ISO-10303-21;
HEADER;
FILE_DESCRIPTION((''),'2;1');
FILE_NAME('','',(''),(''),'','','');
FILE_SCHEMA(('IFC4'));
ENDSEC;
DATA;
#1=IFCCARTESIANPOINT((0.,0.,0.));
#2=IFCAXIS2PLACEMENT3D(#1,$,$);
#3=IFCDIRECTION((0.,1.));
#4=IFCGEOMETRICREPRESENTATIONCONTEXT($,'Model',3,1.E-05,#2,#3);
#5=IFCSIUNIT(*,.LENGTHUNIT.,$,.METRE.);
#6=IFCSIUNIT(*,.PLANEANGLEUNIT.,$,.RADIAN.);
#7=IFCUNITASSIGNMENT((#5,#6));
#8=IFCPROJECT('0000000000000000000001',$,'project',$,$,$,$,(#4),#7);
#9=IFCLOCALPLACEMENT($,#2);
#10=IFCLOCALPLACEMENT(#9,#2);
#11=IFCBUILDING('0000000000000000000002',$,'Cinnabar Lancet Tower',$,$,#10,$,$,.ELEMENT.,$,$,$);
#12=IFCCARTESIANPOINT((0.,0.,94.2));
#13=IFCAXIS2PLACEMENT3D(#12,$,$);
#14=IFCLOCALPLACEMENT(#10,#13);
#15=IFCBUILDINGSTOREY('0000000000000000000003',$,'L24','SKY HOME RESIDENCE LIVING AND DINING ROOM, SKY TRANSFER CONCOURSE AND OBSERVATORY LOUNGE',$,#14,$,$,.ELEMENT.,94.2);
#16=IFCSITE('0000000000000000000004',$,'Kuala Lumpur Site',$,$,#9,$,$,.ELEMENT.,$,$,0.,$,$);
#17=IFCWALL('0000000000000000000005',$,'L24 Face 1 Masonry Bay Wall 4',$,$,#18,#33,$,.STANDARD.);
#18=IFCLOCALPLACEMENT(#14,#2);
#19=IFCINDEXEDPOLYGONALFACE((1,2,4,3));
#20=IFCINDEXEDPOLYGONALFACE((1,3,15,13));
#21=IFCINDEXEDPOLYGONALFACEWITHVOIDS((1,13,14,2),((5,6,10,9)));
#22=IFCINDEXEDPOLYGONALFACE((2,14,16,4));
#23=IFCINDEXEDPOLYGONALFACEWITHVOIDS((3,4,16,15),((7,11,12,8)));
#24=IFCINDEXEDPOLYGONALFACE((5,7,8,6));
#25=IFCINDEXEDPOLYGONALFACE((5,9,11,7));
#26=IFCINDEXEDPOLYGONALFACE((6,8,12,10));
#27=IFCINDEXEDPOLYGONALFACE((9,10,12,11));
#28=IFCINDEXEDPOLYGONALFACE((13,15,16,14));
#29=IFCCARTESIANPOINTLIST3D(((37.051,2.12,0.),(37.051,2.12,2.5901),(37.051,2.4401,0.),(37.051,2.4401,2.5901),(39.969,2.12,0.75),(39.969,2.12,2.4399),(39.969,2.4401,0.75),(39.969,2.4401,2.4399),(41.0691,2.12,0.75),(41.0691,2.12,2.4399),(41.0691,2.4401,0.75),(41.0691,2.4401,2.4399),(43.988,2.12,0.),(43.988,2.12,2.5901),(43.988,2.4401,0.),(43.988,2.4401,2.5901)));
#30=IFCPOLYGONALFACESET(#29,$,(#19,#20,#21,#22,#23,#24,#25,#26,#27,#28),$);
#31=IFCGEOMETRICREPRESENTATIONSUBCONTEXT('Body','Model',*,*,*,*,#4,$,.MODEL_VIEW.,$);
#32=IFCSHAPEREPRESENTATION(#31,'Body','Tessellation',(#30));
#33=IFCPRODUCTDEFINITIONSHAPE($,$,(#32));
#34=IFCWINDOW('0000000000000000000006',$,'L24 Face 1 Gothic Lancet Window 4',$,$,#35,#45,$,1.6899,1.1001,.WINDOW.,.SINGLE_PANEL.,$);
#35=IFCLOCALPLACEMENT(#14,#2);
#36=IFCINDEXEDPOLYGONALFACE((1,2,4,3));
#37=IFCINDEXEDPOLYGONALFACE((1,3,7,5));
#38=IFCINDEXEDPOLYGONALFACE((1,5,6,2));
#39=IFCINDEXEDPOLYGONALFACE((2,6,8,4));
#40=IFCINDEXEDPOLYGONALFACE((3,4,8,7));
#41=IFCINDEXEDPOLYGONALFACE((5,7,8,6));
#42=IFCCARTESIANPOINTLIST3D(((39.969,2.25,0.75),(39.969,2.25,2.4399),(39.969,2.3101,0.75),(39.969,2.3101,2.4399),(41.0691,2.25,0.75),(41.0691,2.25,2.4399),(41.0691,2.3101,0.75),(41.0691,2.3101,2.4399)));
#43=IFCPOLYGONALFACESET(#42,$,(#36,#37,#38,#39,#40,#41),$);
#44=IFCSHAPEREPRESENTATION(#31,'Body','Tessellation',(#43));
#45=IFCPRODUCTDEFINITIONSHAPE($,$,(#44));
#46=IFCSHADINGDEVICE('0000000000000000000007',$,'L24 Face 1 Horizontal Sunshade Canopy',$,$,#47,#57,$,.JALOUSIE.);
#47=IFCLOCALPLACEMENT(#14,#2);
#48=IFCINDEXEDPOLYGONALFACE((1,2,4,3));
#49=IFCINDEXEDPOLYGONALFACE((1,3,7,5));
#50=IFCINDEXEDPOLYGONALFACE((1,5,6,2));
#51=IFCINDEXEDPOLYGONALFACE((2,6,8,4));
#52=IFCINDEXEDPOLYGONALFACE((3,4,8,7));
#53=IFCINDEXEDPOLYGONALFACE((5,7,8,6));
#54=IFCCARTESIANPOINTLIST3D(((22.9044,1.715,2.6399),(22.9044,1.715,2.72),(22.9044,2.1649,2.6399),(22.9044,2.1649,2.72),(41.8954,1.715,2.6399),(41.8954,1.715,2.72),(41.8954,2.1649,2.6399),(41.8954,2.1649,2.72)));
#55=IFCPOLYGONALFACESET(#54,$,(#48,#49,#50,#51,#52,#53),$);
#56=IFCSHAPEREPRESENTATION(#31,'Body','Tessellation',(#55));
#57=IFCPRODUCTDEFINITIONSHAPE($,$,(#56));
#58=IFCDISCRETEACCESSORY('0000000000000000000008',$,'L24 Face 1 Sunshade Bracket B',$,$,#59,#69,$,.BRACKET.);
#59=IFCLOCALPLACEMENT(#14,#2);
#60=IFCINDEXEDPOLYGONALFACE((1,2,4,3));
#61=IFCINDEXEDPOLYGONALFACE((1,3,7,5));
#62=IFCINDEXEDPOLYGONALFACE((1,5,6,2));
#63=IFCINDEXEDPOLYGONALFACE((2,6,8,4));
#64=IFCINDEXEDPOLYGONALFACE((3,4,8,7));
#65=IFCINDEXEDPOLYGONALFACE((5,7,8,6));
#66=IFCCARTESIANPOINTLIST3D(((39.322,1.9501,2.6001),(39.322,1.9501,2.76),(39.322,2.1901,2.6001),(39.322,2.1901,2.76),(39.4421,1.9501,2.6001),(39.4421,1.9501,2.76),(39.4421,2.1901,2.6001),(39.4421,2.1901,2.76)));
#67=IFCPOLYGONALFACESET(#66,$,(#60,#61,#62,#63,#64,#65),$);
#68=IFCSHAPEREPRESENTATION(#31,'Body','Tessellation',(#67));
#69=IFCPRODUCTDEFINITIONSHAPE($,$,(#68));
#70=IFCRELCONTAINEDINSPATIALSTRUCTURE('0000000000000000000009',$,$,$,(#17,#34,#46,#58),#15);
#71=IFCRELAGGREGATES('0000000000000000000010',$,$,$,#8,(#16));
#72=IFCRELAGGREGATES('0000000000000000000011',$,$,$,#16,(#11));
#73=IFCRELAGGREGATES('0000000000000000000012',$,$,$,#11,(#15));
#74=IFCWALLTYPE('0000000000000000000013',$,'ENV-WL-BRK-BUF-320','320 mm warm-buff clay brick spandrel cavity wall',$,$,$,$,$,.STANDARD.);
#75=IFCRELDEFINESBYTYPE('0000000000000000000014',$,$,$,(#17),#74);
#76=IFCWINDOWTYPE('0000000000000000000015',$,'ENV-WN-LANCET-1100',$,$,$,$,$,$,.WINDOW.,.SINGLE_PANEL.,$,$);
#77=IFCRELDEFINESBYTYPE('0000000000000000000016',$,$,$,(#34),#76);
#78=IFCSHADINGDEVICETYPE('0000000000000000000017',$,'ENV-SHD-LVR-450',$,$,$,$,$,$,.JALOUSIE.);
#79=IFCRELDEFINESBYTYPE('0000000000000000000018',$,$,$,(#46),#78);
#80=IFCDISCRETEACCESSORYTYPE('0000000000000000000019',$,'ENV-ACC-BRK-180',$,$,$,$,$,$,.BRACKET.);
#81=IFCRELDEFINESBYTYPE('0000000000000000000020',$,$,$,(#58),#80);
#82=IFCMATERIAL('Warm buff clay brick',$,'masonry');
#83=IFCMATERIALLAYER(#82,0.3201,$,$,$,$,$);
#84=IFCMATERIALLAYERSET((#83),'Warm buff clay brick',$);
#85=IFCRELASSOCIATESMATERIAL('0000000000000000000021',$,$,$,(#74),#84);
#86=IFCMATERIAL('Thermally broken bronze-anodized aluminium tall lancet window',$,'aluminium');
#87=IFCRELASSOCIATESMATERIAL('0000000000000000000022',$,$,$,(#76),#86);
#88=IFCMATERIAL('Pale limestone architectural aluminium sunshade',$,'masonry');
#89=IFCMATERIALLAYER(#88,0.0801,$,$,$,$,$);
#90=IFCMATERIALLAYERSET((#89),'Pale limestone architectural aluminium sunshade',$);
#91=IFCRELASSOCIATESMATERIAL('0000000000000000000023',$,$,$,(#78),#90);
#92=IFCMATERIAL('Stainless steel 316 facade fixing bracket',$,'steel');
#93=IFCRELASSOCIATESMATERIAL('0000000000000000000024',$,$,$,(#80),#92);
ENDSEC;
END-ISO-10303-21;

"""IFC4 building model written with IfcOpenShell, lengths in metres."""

from ifc_helpers import new_model, si_unit, direction, frame, frame_2d, origin, origin_2d, place, context, subcontext, project, spatial, rectangle, extrude, material, layer, layer_set, type_object, element, fill, save


model = new_model("IFC4")

# Units and contexts
model_context = context("Model", 3, precision=1e-05, world=origin(), true_north=direction((0.0, 1.0)))
body_context = subcontext(model_context, "Body", "Model", "MODEL_VIEW")
ifc_project = project(units=[si_unit("LENGTHUNIT", "METRE"), si_unit("PLANEANGLEUNIT", "RADIAN")], contexts=[model_context])

# Site, building, storey
site_placement = place(None, origin())
site = spatial("IfcSite", under=ifc_project, at=site_placement, Name="Kuala Lumpur Site", CompositionType="ELEMENT", RefElevation=0.0)
building_placement = place(site_placement, origin())
building = spatial("IfcBuilding", under=site, at=building_placement, Name="Cinnabar Lancet Tower", CompositionType="ELEMENT")
storey_placement = place(building_placement, frame((0.0, 0.0, 94.2)))
storey = spatial("IfcBuildingStorey", under=building, at=storey_placement, Name="L24", Description="SKY HOME RESIDENCE LIVING AND DINING ROOM, SKY TRANSFER CONCOURSE AND OBSERVATORY LOUNGE", CompositionType="ELEMENT", Elevation=94.2)

# Wall, opening, window
ifc_material_1 = material(Name="Warm buff clay brick", Category="masonry")
ifc_layer_1 = layer(ifc_material_1, 0.3201)
ifc_layer_set_1 = layer_set([ifc_layer_1], Name="Warm buff clay brick")
wall_type_1 = type_object("IfcWallType", Name="ENV-WL-BRK-BUF-320", Description="320 mm warm-buff clay brick spandrel cavity wall", PredefinedType="STANDARD", material=ifc_layer_set_1)
wall_1_placement = place(storey_placement, frame((37.051, 2.28, 0.0), z_axis=(0.0, 0.0, 1.0), x_axis=(1.0, 0.0, 0.0)))
wall_1 = element("IfcWall", 1, at=wall_1_placement, inside=storey, type_object=wall_type_1, Name="L24 Face 1 Masonry Bay Wall 4", PredefinedType="STANDARD", context=body_context, shape_type="SweptSolid", body=[
    extrude(rectangle(XDim=6.937, YDim=0.3201, at=frame_2d((3.4685, 0.0))), origin(), (0.0, 0.0, 1.0), 2.5901),
])
opening_1_placement = place(wall_1_placement, frame((2.918, 0.0, 0.75)))
opening_1 = element("IfcOpeningElement", 2, at=opening_1_placement, cuts=wall_1, PredefinedType="OPENING", context=body_context, shape_type="SweptSolid", body=[
    extrude(rectangle(XDim=1.1001, YDim=1.6899, at=frame_2d((0.55, 0.845))), frame((0.0, 0.1699, 0.0), z_axis=(0.0, -1.0, 0.0), x_axis=(1.0, 0.0, 0.0)), (0.0, 0.0, 1.0), 0.3401),
])
ifc_material_2 = material(Name="Thermally broken bronze-anodized aluminium tall lancet window", Category="aluminium")
window_type = type_object("IfcWindowType", Name="ENV-WN-LANCET-1100", PartitioningType="SINGLE_PANEL", PredefinedType="WINDOW", material=ifc_material_2)
window_placement = place(opening_1_placement, origin())
window = element("IfcWindow", 3, at=window_placement, inside=storey, type_object=window_type, Name="L24 Face 1 Gothic Lancet Window 4", OverallHeight=1.6899, OverallWidth=1.1001, PartitioningType="SINGLE_PANEL", PredefinedType="WINDOW", context=body_context, shape_type="SweptSolid", body=[
    extrude(rectangle(XDim=1.1001, YDim=1.6899, at=frame_2d((0.55, 0.845))), frame((0.0, 0.03, 0.0), z_axis=(0.0, -1.0, 0.0), x_axis=(1.0, 0.0, 0.0)), (0.0, 0.0, 1.0), 0.0601),
])
fill(opening_1, window)

# Shading device
ifc_material_3 = material(Name="Pale limestone architectural aluminium sunshade", Category="masonry")
ifc_layer_2 = layer(ifc_material_3, 0.0801)
ifc_layer_set_2 = layer_set([ifc_layer_2], Name="Pale limestone architectural aluminium sunshade")
shading_device_type = type_object("IfcShadingDeviceType", Name="ENV-SHD-LVR-450", PredefinedType="JALOUSIE", material=ifc_layer_set_2)
shading_device_placement = place(storey_placement, frame((32.3999, 1.9399, 2.6399), z_axis=(0.0, 0.0, 1.0), x_axis=(1.0, 0.0, 0.0)))
element("IfcShadingDevice", 4, at=shading_device_placement, inside=storey, type_object=shading_device_type, Name="L24 Face 1 Horizontal Sunshade Canopy", PredefinedType="JALOUSIE", context=body_context, shape_type="SweptSolid", body=[
    extrude(rectangle(XDim=18.991, YDim=0.45, at=origin_2d()), origin(), (0.0, 0.0, 1.0), 0.0801),
])

# Discrete accessory
ifc_material_4 = material(Name="Stainless steel 316 facade fixing bracket", Category="steel")
discrete_accessory_type = type_object("IfcDiscreteAccessoryType", Name="ENV-ACC-BRK-180", PredefinedType="BRACKET", material=ifc_material_4)
discrete_accessory_placement = place(storey_placement, frame((39.3821, 2.0701, 2.6001), z_axis=(0.0, 0.0, 1.0), x_axis=(1.0, 0.0, 0.0)))
element("IfcDiscreteAccessory", 5, at=discrete_accessory_placement, inside=storey, type_object=discrete_accessory_type, Name="L24 Face 1 Sunshade Bracket B", PredefinedType="BRACKET", context=body_context, shape_type="SweptSolid", body=[
    extrude(rectangle(XDim=0.1201, YDim=0.24, at=origin_2d()), origin(), (0.0, 0.0, 1.0), 0.1599),
])

save(model, "model.ifc")
